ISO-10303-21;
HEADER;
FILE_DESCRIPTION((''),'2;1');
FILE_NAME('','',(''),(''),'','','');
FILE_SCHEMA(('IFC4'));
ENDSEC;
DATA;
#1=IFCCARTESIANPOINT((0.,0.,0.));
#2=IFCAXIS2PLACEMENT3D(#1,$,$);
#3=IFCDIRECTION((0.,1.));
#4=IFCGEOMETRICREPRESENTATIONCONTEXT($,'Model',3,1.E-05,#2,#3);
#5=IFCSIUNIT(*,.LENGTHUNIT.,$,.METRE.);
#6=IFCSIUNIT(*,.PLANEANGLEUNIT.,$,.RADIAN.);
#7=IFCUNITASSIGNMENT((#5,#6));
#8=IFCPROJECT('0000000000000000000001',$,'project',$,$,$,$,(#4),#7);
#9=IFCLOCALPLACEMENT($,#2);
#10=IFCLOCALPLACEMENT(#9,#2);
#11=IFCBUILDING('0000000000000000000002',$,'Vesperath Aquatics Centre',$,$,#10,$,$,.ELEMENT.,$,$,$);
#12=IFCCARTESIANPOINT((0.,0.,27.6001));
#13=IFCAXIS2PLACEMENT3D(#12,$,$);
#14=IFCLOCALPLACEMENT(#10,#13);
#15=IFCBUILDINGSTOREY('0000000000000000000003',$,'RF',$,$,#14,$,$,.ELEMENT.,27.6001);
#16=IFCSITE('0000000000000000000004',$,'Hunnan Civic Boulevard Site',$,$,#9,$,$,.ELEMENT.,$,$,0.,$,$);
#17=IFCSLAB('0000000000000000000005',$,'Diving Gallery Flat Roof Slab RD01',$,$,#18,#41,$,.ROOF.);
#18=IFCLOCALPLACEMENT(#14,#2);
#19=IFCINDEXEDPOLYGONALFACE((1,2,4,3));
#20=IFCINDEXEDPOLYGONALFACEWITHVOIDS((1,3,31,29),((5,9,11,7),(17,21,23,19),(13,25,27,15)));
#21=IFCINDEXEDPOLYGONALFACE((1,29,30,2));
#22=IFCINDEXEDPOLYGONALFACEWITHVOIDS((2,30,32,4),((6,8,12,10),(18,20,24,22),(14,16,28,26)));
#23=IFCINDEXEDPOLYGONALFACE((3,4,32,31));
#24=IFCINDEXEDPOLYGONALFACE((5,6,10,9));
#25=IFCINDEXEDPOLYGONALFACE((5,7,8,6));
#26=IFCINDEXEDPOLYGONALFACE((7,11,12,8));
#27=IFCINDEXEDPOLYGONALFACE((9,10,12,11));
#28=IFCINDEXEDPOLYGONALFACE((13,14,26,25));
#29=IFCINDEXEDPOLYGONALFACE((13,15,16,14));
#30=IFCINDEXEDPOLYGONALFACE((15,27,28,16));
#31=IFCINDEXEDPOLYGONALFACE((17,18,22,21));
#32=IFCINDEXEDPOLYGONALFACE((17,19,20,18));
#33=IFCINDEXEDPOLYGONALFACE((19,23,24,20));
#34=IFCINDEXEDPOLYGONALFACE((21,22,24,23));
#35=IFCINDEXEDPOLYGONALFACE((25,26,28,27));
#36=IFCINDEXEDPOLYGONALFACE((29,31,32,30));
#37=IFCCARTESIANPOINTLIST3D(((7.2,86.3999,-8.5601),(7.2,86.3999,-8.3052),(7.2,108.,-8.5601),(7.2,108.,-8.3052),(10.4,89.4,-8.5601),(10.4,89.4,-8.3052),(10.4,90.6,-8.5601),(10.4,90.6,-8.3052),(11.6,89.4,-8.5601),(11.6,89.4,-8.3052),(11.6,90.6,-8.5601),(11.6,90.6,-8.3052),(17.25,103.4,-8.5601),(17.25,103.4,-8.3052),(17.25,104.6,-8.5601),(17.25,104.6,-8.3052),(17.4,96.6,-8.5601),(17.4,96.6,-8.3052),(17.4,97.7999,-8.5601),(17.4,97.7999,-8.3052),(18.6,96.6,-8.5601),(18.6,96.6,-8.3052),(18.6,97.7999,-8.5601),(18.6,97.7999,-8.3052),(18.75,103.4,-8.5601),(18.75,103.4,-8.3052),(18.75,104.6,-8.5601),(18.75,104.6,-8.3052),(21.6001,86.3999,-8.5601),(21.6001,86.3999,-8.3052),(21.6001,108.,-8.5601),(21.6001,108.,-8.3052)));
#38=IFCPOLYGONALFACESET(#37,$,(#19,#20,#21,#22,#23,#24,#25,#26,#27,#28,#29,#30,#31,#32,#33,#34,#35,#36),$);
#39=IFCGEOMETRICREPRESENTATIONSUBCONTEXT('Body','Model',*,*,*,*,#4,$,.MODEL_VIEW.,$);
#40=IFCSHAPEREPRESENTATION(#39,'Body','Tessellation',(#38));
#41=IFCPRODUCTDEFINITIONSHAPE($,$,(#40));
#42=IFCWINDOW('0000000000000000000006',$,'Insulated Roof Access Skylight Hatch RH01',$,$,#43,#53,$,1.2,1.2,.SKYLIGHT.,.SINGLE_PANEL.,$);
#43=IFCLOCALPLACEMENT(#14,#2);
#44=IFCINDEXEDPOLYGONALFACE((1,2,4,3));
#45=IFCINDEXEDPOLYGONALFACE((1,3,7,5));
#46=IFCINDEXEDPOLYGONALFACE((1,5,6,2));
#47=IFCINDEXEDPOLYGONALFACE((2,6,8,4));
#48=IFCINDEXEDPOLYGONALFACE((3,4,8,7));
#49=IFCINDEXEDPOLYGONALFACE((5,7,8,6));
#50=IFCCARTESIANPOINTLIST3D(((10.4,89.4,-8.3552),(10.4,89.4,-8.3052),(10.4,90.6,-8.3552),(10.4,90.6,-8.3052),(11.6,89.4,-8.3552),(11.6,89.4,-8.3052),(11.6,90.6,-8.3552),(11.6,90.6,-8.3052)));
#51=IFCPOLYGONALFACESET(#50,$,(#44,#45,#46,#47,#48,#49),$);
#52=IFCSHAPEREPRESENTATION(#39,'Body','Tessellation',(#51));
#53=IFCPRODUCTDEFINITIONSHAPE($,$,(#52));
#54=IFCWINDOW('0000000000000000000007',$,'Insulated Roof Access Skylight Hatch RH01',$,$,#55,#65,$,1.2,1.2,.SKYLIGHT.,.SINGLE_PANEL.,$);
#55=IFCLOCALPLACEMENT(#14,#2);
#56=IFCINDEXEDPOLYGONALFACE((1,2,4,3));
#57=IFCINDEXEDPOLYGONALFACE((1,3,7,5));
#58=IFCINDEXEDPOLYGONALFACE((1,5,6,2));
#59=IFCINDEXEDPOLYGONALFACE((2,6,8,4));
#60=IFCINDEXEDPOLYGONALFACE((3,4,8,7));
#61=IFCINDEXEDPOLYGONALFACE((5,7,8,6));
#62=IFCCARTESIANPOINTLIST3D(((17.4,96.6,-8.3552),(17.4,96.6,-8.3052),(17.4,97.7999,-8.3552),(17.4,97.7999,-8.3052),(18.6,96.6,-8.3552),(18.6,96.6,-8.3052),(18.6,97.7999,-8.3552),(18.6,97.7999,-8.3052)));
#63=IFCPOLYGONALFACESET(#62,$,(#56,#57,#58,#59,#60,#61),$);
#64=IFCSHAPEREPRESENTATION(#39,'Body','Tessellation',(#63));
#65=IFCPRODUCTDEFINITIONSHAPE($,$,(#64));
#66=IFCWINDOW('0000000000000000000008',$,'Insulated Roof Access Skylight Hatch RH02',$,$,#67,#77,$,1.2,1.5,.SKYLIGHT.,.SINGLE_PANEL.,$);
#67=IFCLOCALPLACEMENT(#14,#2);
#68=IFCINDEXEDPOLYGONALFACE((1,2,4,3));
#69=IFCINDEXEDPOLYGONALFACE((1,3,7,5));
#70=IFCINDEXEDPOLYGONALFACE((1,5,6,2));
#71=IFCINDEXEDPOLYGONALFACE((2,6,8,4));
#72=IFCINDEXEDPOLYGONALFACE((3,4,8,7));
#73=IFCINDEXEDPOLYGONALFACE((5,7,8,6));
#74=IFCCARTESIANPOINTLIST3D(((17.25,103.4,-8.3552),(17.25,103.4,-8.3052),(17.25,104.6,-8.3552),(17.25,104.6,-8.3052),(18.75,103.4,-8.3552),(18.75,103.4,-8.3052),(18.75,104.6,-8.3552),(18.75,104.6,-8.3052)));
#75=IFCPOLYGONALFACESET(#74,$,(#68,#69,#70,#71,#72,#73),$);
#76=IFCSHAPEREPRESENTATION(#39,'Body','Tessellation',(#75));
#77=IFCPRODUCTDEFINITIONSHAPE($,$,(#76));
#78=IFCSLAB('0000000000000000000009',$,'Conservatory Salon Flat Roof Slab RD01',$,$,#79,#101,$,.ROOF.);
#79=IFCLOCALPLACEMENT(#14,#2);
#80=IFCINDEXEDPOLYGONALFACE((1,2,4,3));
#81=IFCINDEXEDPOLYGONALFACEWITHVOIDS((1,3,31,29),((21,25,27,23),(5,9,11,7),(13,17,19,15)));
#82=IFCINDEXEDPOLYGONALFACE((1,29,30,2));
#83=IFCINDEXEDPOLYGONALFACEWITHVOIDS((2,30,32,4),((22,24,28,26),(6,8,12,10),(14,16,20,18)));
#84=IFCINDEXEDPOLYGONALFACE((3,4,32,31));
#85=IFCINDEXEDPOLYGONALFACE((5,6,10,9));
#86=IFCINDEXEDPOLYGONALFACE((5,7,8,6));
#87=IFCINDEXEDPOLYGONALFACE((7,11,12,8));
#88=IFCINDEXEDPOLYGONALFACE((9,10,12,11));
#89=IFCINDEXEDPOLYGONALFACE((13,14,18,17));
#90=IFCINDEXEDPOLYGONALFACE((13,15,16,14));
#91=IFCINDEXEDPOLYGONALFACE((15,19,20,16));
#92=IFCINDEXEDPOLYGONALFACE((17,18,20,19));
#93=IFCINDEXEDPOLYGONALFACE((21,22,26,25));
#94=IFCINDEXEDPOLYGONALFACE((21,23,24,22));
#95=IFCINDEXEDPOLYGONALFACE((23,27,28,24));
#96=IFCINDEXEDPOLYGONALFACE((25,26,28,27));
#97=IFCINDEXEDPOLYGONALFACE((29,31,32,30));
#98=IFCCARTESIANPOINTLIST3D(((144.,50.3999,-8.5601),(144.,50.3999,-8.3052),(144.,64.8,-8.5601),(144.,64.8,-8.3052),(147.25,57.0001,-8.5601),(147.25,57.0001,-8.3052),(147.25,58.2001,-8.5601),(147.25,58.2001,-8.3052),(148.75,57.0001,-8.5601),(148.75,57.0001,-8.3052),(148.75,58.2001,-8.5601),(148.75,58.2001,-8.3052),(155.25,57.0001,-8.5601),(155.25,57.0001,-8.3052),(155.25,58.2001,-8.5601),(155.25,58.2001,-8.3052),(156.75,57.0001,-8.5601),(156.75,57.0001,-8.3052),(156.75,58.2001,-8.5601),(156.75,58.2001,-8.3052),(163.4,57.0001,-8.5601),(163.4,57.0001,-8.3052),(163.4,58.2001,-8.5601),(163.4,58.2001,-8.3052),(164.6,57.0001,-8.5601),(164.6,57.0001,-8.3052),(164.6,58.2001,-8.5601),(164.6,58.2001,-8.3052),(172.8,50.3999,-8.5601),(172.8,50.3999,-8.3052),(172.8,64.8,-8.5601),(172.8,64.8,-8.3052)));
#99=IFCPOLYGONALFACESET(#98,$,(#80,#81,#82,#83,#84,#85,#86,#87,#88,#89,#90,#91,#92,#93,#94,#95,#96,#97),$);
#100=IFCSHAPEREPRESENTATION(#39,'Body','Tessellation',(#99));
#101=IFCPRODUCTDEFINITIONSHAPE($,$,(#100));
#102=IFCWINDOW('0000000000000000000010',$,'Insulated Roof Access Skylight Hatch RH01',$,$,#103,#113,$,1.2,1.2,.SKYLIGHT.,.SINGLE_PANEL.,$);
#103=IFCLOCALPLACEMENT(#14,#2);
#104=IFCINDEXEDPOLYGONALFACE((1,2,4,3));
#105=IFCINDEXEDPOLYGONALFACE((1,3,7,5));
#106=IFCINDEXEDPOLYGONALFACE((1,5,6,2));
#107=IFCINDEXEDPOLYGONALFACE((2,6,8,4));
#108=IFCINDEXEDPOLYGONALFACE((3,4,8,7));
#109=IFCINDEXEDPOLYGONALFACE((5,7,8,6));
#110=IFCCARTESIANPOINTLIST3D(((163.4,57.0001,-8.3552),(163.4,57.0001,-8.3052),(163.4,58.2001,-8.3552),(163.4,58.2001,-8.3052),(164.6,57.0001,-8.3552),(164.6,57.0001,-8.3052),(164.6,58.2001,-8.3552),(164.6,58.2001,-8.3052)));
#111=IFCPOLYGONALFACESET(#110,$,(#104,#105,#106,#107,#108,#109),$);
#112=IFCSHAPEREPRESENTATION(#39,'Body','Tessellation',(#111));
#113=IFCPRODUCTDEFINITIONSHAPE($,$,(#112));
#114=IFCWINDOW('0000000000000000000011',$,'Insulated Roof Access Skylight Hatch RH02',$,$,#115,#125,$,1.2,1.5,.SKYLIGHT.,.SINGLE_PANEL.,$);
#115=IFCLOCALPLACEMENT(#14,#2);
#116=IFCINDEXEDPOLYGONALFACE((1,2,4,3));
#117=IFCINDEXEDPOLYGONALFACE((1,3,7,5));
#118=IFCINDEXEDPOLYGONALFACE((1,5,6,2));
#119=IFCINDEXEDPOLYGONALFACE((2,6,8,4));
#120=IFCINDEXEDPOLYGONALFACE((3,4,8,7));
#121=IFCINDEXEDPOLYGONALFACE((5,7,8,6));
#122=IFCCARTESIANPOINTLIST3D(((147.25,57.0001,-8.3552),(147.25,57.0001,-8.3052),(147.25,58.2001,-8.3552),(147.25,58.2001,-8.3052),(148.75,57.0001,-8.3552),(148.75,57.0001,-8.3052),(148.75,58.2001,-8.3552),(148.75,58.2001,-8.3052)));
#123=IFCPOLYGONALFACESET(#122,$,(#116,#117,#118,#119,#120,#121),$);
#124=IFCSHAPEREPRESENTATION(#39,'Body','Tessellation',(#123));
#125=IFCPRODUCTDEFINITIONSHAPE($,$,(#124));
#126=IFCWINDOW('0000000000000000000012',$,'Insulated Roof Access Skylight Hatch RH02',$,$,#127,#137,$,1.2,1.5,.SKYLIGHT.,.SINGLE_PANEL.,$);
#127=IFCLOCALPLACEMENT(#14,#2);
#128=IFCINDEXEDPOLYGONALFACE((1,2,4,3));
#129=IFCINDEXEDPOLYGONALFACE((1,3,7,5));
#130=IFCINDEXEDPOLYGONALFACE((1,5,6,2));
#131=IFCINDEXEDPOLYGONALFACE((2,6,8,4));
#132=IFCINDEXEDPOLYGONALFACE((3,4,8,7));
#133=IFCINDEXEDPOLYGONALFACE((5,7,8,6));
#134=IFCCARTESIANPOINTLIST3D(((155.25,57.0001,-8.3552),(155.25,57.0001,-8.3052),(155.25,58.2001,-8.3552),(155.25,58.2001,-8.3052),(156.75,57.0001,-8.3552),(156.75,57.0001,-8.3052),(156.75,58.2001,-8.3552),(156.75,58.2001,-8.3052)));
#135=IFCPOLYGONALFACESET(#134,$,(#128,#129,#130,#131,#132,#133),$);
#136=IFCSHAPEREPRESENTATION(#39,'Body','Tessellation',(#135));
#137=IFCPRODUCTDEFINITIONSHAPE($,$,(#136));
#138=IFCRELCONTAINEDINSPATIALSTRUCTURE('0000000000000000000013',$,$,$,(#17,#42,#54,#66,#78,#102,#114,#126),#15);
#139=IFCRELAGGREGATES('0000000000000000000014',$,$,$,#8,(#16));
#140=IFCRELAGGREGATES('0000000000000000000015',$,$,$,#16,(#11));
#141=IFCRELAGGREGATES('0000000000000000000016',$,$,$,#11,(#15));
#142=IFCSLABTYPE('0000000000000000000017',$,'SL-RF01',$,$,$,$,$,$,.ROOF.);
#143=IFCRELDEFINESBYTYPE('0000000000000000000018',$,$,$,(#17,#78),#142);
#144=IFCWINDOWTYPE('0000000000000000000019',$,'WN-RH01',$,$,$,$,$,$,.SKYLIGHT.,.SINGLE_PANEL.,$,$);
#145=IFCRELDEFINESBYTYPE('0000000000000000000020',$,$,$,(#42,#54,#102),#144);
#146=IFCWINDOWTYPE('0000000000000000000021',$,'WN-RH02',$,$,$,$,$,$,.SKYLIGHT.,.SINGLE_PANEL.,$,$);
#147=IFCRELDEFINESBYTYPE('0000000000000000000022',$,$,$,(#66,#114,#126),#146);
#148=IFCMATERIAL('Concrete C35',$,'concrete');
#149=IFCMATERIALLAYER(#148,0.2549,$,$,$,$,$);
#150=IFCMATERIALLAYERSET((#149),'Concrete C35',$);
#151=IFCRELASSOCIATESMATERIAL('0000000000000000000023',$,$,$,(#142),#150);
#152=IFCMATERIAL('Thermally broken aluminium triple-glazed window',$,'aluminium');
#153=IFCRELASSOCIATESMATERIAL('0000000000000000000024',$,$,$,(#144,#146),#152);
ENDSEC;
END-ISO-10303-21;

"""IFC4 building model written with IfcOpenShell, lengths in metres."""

from ifc_helpers import new_model, si_unit, direction, frame, origin, origin_2d, place, context, subcontext, project, spatial, polyline, rectangle, outline, extrude, material, layer, layer_set, type_object, element, fill, save


model = new_model("IFC4")

# Units and contexts
model_context = context("Model", 3, precision=1e-05, world=origin(), true_north=direction((0.0, 1.0)))
body_context = subcontext(model_context, "Body", "Model", "MODEL_VIEW")
ifc_project = project(units=[si_unit("LENGTHUNIT", "METRE"), si_unit("PLANEANGLEUNIT", "RADIAN")], contexts=[model_context])

# Site, building, storey
site_placement = place(None, origin())
site = spatial("IfcSite", under=ifc_project, at=site_placement, Name="Hunnan Civic Boulevard Site", CompositionType="ELEMENT", RefElevation=0.0)
building_placement = place(site_placement, origin())
building = spatial("IfcBuilding", under=site, at=building_placement, Name="Vesperath Aquatics Centre", CompositionType="ELEMENT")
storey_placement = place(building_placement, frame((0.0, 0.0, 27.6001)))
storey = spatial("IfcBuildingStorey", under=building, at=storey_placement, Name="RF", CompositionType="ELEMENT", Elevation=27.6001)

# Shared definitions
ifc_material_1 = material(Name="Concrete C35", Category="concrete")
ifc_layer_1 = layer(ifc_material_1, 0.2549)
ifc_layer_set_1 = layer_set([ifc_layer_1], Name="Concrete C35")
slab_type_1 = type_object("IfcSlabType", Name="SL-RF01", PredefinedType="ROOF", material=ifc_layer_set_1)

# Slabs, openings, windows
slab_1_placement = place(storey_placement, frame((0.0, 0.0, -8.5601)))
slab_1 = element("IfcSlab", 1, at=slab_1_placement, inside=storey, type_object=slab_type_1, Name="Diving Gallery Flat Roof Slab RD01", PredefinedType="ROOF", context=body_context, shape_type="SweptSolid", body=[
    extrude(outline(polyline([(7.2, 86.3999), (21.6001, 86.3999), (21.6001, 108.0), (7.2, 108.0), (7.2, 86.3999)])), origin(), (0.0, 0.0, 1.0), 0.2549),
])
opening_1_placement = place(slab_1_placement, frame((11.0, 90.0, -0.0149)))
opening_1 = element("IfcOpeningElement", 2, at=opening_1_placement, cuts=slab_1, PredefinedType="OPENING", context=body_context, shape_type="SweptSolid", body=[
    extrude(rectangle(XDim=1.2, YDim=1.2, at=origin_2d()), origin(), (0.0, 0.0, 1.0), 0.2847),
])
opening_2_placement = place(slab_1_placement, frame((18.0, 97.2, -0.0149)))
opening_2 = element("IfcOpeningElement", 3, at=opening_2_placement, cuts=slab_1, PredefinedType="OPENING", context=body_context, shape_type="SweptSolid", body=[
    extrude(rectangle(XDim=1.2, YDim=1.2, at=origin_2d()), origin(), (0.0, 0.0, 1.0), 0.2847),
])
opening_3_placement = place(slab_1_placement, frame((18.0, 104.0, -0.0149)))
opening_3 = element("IfcOpeningElement", 4, at=opening_3_placement, cuts=slab_1, PredefinedType="OPENING", context=body_context, shape_type="SweptSolid", body=[
    extrude(rectangle(XDim=1.5, YDim=1.2, at=origin_2d()), origin(), (0.0, 0.0, 1.0), 0.2847),
])
ifc_material_2 = material(Name="Thermally broken aluminium triple-glazed window", Category="aluminium")
window_type_1 = type_object("IfcWindowType", Name="WN-RH01", PartitioningType="SINGLE_PANEL", PredefinedType="SKYLIGHT", material=ifc_material_2)
window_1_placement = place(opening_1_placement, frame((0.0, 0.0, 0.2197)))
window_1 = element("IfcWindow", 5, at=window_1_placement, inside=storey, type_object=window_type_1, Name="Insulated Roof Access Skylight Hatch RH01", OverallHeight=1.2, OverallWidth=1.2, PartitioningType="SINGLE_PANEL", PredefinedType="SKYLIGHT", context=body_context, shape_type="SweptSolid", body=[
    extrude(rectangle(XDim=1.2, YDim=1.2, at=origin_2d()), origin(), (0.0, 0.0, 1.0), 0.05),
])
fill(opening_1, window_1)
window_2_placement = place(opening_2_placement, frame((0.0, 0.0, 0.2197)))
window_2 = element("IfcWindow", 6, at=window_2_placement, inside=storey, type_object=window_type_1, Name="Insulated Roof Access Skylight Hatch RH01", OverallHeight=1.2, OverallWidth=1.2, PartitioningType="SINGLE_PANEL", PredefinedType="SKYLIGHT", context=body_context, shape_type="SweptSolid", body=[
    extrude(rectangle(XDim=1.2, YDim=1.2, at=origin_2d()), origin(), (0.0, 0.0, 1.0), 0.05),
])
fill(opening_2, window_2)
window_type_2 = type_object("IfcWindowType", Name="WN-RH02", PartitioningType="SINGLE_PANEL", PredefinedType="SKYLIGHT", material=ifc_material_2)
window_3_placement = place(opening_3_placement, frame((0.0, 0.0, 0.2197)))
window_3 = element("IfcWindow", 7, at=window_3_placement, inside=storey, type_object=window_type_2, Name="Insulated Roof Access Skylight Hatch RH02", OverallHeight=1.2, OverallWidth=1.5, PartitioningType="SINGLE_PANEL", PredefinedType="SKYLIGHT", context=body_context, shape_type="SweptSolid", body=[
    extrude(rectangle(XDim=1.5, YDim=1.2, at=origin_2d()), origin(), (0.0, 0.0, 1.0), 0.05),
])
fill(opening_3, window_3)
slab_2_placement = place(storey_placement, frame((0.0, 0.0, -8.5601)))
slab_2 = element("IfcSlab", 8, at=slab_2_placement, inside=storey, type_object=slab_type_1, Name="Conservatory Salon Flat Roof Slab RD01", PredefinedType="ROOF", context=body_context, shape_type="SweptSolid", body=[
    extrude(outline(polyline([(144.0, 50.3999), (172.8, 50.3999), (172.8, 64.8), (144.0, 64.8), (144.0, 50.3999)])), origin(), (0.0, 0.0, 1.0), 0.2549),
])
opening_4_placement = place(slab_2_placement, frame((148.0, 57.6001, -0.0149)))
opening_4 = element("IfcOpeningElement", 9, at=opening_4_placement, cuts=slab_2, PredefinedType="OPENING", context=body_context, shape_type="SweptSolid", body=[
    extrude(rectangle(XDim=1.5, YDim=1.2, at=origin_2d()), origin(), (0.0, 0.0, 1.0), 0.2847),
])
opening_5_placement = place(slab_2_placement, frame((156.0, 57.6001, -0.0149)))
opening_5 = element("IfcOpeningElement", 10, at=opening_5_placement, cuts=slab_2, PredefinedType="OPENING", context=body_context, shape_type="SweptSolid", body=[
    extrude(rectangle(XDim=1.5, YDim=1.2, at=origin_2d()), origin(), (0.0, 0.0, 1.0), 0.2847),
])
opening_6_placement = place(slab_2_placement, frame((164.0, 57.6001, -0.0149)))
opening_6 = element("IfcOpeningElement", 11, at=opening_6_placement, cuts=slab_2, PredefinedType="OPENING", context=body_context, shape_type="SweptSolid", body=[
    extrude(rectangle(XDim=1.2, YDim=1.2, at=origin_2d()), origin(), (0.0, 0.0, 1.0), 0.2847),
])
window_4_placement = place(opening_6_placement, frame((0.0, 0.0, 0.2197)))
window_4 = element("IfcWindow", 12, at=window_4_placement, inside=storey, type_object=window_type_1, Name="Insulated Roof Access Skylight Hatch RH01", OverallHeight=1.2, OverallWidth=1.2, PartitioningType="SINGLE_PANEL", PredefinedType="SKYLIGHT", context=body_context, shape_type="SweptSolid", body=[
    extrude(rectangle(XDim=1.2, YDim=1.2, at=origin_2d()), origin(), (0.0, 0.0, 1.0), 0.05),
])
fill(opening_6, window_4)
window_5_placement = place(opening_4_placement, frame((0.0, 0.0, 0.2197)))
window_5 = element("IfcWindow", 13, at=window_5_placement, inside=storey, type_object=window_type_2, Name="Insulated Roof Access Skylight Hatch RH02", OverallHeight=1.2, OverallWidth=1.5, PartitioningType="SINGLE_PANEL", PredefinedType="SKYLIGHT", context=body_context, shape_type="SweptSolid", body=[
    extrude(rectangle(XDim=1.5, YDim=1.2, at=origin_2d()), origin(), (0.0, 0.0, 1.0), 0.05),
])
fill(opening_4, window_5)
window_6_placement = place(opening_5_placement, frame((0.0, 0.0, 0.2197)))
window_6 = element("IfcWindow", 14, at=window_6_placement, inside=storey, type_object=window_type_2, Name="Insulated Roof Access Skylight Hatch RH02", OverallHeight=1.2, OverallWidth=1.5, PartitioningType="SINGLE_PANEL", PredefinedType="SKYLIGHT", context=body_context, shape_type="SweptSolid", body=[
    extrude(rectangle(XDim=1.5, YDim=1.2, at=origin_2d()), origin(), (0.0, 0.0, 1.0), 0.05),
])
fill(opening_5, window_6)

save(model, "model.ifc")
